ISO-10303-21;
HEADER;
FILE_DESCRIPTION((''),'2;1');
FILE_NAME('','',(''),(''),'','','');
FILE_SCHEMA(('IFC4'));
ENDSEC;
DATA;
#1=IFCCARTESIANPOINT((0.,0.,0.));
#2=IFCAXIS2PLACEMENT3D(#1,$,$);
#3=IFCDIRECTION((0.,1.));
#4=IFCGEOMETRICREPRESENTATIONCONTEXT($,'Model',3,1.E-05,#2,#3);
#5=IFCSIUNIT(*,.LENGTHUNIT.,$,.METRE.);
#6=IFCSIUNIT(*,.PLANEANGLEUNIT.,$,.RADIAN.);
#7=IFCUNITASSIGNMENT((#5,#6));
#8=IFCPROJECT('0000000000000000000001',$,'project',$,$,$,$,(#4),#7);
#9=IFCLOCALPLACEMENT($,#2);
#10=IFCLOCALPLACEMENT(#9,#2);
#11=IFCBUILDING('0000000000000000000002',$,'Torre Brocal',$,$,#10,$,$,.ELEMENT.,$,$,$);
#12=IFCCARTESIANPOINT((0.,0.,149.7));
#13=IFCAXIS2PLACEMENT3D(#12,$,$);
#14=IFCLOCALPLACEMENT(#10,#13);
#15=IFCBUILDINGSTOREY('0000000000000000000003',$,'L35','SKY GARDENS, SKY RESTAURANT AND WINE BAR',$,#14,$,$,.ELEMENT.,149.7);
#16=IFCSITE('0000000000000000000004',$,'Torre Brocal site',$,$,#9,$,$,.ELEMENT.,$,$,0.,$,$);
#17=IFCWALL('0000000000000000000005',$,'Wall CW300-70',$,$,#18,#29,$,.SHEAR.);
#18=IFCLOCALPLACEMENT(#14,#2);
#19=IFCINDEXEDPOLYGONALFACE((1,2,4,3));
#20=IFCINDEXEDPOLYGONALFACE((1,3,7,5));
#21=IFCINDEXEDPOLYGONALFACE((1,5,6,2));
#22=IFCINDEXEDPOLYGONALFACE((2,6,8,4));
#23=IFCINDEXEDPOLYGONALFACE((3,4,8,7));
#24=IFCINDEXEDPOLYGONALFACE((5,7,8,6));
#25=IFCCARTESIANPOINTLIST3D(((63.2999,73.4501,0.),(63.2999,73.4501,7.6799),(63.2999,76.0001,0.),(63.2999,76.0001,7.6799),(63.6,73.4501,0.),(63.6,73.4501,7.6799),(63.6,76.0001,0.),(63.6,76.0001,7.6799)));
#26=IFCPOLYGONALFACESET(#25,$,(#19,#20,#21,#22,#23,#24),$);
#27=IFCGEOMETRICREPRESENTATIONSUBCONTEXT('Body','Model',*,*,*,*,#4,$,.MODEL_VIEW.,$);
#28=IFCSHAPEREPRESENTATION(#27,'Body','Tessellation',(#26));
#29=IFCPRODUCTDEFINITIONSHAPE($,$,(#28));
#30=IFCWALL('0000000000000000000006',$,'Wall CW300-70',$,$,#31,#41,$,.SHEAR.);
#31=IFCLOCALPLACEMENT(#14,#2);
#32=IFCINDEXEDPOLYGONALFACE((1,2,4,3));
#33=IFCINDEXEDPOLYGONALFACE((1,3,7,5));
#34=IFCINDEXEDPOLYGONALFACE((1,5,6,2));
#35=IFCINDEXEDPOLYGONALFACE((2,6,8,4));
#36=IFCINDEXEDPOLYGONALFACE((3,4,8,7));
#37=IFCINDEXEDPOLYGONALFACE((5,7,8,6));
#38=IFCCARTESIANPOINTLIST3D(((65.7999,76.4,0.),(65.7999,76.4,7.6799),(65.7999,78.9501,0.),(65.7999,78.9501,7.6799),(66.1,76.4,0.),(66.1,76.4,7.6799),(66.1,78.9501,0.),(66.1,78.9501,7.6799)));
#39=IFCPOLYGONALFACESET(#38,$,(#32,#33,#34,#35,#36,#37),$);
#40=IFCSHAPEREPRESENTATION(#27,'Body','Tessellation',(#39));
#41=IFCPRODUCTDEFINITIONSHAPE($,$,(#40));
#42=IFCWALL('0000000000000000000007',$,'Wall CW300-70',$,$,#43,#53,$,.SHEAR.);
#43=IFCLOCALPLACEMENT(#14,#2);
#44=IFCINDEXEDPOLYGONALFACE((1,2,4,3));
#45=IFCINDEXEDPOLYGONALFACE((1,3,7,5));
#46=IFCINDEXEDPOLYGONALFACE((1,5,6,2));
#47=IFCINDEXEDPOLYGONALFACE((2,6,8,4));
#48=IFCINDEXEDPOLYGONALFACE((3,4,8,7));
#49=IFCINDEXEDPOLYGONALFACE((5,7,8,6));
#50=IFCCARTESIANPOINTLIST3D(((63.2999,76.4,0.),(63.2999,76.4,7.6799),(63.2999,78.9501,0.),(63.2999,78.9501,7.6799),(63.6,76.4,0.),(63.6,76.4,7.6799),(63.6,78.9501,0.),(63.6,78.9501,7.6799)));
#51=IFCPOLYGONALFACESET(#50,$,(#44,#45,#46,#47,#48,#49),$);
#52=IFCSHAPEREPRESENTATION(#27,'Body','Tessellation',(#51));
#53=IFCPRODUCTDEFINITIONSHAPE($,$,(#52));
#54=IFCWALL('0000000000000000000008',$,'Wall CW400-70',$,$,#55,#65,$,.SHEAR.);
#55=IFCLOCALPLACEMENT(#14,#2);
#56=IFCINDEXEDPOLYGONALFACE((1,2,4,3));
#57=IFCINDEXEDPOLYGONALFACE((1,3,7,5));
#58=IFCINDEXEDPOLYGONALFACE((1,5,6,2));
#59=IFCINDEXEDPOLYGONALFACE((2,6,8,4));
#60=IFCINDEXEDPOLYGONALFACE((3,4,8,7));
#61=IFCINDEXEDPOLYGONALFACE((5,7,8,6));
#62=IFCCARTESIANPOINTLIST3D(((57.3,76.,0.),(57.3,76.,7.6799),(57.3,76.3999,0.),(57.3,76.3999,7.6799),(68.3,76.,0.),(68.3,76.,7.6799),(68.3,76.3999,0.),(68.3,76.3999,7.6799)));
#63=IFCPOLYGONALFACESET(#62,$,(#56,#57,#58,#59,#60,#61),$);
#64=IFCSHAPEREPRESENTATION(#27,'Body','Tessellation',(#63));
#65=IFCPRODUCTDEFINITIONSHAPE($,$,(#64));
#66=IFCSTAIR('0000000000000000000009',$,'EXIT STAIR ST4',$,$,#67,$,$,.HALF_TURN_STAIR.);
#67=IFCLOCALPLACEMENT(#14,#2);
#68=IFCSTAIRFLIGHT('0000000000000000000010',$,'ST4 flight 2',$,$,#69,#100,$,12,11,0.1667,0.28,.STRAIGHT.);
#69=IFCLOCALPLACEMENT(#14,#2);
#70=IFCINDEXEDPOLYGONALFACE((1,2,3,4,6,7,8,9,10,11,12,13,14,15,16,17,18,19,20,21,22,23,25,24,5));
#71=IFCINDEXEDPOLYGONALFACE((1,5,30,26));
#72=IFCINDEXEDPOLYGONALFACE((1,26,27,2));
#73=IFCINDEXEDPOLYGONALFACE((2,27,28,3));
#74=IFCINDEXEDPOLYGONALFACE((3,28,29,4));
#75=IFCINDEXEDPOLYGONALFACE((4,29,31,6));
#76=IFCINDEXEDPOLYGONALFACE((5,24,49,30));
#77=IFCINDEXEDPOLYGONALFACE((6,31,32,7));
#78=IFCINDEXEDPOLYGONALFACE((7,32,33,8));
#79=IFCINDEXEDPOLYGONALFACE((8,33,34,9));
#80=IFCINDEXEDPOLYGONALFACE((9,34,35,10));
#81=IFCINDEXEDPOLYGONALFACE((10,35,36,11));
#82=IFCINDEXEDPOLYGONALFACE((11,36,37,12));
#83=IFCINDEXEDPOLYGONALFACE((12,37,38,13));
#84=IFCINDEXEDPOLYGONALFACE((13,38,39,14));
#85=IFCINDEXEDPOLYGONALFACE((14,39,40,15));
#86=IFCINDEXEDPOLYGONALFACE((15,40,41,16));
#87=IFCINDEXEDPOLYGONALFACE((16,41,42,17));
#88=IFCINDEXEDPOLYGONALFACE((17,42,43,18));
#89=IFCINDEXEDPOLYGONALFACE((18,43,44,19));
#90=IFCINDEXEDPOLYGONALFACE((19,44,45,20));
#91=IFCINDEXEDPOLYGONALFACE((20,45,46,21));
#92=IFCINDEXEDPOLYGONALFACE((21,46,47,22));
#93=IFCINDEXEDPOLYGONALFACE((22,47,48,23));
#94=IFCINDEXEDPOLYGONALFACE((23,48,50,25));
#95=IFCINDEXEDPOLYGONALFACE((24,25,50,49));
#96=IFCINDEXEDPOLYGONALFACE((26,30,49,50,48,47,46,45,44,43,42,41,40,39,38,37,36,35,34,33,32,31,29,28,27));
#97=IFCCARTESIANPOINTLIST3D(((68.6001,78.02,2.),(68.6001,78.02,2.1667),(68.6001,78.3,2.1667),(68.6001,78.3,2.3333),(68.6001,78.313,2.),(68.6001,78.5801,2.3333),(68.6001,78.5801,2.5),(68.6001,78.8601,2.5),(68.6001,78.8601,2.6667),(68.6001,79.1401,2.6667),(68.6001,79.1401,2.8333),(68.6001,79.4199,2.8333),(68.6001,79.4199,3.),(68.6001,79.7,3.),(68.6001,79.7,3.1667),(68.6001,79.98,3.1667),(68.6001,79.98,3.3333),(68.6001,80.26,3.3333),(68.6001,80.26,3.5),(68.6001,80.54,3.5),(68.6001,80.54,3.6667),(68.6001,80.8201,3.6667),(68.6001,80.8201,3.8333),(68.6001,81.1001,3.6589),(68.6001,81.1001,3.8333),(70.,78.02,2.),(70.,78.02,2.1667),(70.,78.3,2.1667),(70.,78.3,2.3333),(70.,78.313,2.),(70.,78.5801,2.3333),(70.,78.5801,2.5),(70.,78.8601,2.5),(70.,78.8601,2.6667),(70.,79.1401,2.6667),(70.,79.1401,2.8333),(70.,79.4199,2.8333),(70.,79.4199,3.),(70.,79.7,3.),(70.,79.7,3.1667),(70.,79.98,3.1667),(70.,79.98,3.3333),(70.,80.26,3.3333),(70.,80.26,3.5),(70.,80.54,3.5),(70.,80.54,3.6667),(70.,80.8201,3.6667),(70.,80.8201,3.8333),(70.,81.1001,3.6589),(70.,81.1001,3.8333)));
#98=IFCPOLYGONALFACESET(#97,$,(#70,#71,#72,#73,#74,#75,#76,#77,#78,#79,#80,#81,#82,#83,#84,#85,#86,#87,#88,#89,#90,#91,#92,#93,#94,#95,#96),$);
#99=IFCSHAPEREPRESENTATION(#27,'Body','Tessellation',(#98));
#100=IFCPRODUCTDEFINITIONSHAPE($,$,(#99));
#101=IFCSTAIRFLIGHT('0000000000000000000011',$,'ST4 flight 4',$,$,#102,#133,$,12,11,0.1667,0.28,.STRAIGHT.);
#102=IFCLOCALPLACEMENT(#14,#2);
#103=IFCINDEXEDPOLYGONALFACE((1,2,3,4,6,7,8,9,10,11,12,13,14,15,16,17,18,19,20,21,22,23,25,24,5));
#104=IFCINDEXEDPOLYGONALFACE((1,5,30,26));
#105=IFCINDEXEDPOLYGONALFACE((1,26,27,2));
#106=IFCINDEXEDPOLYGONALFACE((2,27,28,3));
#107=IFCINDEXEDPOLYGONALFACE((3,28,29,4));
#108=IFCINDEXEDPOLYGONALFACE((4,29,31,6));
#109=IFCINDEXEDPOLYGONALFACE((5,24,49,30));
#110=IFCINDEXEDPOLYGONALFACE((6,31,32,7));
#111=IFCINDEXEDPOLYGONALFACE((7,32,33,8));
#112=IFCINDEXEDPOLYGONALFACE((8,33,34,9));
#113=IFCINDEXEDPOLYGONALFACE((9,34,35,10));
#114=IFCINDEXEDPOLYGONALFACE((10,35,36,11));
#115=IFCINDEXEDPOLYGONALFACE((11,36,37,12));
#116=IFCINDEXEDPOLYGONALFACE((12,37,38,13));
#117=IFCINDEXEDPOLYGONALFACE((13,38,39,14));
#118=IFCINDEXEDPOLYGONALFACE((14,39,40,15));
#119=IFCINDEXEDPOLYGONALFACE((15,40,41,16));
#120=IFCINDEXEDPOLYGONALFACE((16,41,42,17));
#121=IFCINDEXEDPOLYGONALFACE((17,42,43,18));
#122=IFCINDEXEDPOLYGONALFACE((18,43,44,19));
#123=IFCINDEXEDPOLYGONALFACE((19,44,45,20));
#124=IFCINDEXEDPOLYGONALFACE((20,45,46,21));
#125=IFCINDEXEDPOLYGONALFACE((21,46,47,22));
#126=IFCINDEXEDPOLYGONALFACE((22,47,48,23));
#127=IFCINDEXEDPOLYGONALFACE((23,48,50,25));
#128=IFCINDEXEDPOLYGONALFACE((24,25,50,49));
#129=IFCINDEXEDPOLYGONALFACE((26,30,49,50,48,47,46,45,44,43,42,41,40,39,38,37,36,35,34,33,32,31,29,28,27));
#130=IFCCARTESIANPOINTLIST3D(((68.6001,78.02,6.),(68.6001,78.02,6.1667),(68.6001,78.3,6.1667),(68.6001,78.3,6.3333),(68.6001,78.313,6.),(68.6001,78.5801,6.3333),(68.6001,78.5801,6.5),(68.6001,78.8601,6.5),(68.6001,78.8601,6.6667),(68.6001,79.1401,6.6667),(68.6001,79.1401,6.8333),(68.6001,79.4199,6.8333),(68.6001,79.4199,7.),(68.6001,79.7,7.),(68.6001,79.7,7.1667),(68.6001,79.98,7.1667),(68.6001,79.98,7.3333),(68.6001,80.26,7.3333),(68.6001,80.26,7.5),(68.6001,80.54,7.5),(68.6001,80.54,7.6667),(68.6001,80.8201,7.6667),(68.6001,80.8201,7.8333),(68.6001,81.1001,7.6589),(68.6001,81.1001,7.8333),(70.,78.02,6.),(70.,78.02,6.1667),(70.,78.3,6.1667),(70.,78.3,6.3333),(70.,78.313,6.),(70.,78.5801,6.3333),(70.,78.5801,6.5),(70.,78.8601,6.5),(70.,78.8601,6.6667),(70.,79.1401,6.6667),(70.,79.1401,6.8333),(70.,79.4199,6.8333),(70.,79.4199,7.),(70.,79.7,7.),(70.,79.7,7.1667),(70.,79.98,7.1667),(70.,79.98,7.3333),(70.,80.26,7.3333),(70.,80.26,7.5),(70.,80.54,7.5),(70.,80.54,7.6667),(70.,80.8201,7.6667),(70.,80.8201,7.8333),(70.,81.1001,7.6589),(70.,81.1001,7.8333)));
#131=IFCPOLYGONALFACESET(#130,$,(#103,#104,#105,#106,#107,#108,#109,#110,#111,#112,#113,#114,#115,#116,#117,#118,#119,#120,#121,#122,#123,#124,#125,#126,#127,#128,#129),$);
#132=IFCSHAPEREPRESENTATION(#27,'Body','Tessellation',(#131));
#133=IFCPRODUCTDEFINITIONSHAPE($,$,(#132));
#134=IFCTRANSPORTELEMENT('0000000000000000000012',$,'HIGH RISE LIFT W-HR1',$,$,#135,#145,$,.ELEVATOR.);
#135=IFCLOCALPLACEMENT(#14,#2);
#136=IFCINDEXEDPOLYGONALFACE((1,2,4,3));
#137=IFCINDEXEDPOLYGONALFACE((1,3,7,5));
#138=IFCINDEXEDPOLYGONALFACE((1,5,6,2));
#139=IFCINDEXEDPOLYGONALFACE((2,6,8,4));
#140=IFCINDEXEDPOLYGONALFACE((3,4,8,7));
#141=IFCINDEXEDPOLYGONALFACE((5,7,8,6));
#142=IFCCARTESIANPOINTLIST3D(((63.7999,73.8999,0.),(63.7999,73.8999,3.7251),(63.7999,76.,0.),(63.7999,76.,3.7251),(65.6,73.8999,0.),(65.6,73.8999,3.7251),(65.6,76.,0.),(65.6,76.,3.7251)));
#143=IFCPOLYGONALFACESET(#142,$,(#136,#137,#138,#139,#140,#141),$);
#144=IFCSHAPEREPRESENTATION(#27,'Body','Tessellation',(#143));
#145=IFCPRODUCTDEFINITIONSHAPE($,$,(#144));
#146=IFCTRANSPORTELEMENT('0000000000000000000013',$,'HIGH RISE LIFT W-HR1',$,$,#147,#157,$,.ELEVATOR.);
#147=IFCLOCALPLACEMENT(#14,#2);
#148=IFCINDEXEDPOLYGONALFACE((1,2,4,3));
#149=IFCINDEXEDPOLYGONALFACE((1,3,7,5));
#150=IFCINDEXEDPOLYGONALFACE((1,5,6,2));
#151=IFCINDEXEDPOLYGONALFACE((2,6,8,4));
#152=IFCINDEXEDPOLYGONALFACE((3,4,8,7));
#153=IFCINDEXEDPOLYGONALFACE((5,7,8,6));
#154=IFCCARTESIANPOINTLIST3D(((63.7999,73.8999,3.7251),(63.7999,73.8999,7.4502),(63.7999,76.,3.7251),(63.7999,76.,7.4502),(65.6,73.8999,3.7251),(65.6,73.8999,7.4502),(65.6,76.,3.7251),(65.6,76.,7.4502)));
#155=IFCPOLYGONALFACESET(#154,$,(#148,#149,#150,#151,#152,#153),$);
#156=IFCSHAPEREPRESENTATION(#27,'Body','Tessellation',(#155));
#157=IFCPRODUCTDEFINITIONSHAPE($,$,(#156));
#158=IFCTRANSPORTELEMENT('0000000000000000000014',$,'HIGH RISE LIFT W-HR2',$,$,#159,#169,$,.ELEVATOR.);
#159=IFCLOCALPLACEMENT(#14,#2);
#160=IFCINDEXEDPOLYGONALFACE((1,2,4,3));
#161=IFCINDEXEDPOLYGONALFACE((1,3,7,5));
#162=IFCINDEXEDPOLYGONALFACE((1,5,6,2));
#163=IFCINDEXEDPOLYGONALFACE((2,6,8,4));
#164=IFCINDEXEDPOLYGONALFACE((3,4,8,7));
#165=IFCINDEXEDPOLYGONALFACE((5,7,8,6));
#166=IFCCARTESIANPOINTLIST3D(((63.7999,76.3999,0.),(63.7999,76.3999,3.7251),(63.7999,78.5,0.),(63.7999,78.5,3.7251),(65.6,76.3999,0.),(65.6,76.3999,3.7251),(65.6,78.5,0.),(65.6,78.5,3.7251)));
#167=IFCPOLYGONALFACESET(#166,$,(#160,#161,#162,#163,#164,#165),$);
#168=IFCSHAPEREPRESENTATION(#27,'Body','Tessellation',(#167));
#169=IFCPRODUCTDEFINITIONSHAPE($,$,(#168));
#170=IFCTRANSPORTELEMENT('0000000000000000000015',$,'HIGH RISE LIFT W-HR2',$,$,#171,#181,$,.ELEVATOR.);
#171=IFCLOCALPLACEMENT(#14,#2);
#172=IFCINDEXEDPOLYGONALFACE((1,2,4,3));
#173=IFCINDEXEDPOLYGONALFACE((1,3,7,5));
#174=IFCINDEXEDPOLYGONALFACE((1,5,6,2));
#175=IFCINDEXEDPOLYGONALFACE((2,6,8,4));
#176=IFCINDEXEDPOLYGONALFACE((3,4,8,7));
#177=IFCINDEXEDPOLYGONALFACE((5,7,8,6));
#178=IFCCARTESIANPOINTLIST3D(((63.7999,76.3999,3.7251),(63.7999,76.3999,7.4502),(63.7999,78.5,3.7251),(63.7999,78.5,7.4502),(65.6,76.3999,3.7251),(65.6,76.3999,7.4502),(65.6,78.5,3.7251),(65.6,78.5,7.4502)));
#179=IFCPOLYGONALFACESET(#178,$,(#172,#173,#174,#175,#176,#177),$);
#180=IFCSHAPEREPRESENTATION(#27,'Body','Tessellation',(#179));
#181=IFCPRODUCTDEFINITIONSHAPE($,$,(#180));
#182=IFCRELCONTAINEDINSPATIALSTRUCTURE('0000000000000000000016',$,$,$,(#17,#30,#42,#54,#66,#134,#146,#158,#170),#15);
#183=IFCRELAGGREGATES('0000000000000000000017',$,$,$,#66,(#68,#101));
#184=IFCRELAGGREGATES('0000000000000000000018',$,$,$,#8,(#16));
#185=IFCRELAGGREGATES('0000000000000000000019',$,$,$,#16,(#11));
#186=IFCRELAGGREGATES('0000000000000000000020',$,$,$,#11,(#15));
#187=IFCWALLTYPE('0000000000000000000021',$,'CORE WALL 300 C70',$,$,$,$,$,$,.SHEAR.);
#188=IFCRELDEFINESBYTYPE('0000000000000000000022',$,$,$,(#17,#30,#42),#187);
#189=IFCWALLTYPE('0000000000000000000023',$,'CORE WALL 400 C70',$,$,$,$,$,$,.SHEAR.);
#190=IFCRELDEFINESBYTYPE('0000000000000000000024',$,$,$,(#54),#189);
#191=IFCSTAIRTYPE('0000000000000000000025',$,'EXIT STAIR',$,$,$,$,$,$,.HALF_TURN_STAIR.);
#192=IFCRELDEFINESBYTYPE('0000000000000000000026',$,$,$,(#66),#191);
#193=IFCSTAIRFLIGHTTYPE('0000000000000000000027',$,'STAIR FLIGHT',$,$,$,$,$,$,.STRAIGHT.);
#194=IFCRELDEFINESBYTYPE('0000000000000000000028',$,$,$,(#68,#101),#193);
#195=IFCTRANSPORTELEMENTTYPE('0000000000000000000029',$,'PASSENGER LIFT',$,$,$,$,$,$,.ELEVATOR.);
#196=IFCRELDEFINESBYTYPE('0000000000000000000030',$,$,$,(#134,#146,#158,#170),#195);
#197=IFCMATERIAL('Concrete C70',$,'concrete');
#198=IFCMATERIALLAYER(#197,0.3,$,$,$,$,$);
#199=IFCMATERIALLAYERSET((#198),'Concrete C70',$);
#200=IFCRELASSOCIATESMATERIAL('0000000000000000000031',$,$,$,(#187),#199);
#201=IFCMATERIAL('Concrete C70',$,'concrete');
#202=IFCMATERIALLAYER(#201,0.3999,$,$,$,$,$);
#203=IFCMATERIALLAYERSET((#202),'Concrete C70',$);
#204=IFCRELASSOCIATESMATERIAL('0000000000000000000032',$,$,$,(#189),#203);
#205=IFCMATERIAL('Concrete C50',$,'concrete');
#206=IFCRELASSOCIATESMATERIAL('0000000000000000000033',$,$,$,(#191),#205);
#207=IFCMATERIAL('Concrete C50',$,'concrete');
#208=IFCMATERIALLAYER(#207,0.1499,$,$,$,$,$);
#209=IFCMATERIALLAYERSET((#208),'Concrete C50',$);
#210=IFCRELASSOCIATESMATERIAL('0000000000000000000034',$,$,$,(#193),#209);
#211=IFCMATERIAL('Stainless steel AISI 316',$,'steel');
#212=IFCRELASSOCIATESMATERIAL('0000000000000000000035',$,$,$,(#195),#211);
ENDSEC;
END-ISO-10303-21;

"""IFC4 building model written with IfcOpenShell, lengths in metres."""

from ifc_helpers import new_model, si_unit, direction, frame, frame_2d, origin, origin_2d, place, context, subcontext, project, spatial, polyline, rectangle, outline, extrude, material, layer, layer_set, type_object, element, aggregate, save


model = new_model("IFC4")

# Units and contexts
model_context = context("Model", 3, precision=1e-05, world=origin(), true_north=direction((0.0, 1.0)))
body_context = subcontext(model_context, "Body", "Model", "MODEL_VIEW")
ifc_project = project(units=[si_unit("LENGTHUNIT", "METRE"), si_unit("PLANEANGLEUNIT", "RADIAN")], contexts=[model_context])

# Site, building, storey
site_placement = place(None, origin())
site = spatial("IfcSite", under=ifc_project, at=site_placement, Name="Torre Brocal site", CompositionType="ELEMENT", RefElevation=0.0)
building_placement = place(site_placement, origin())
building = spatial("IfcBuilding", under=site, at=building_placement, Name="Torre Brocal", CompositionType="ELEMENT")
storey_placement = place(building_placement, frame((0.0, 0.0, 149.7)))
storey = spatial("IfcBuildingStorey", under=building, at=storey_placement, Name="L35", Description="SKY GARDENS, SKY RESTAURANT AND WINE BAR", CompositionType="ELEMENT", Elevation=149.7)

# Shared definitions
ifc_material_1 = material(Name="Concrete C70", Category="concrete")
ifc_layer_1 = layer(ifc_material_1, 0.3)
ifc_layer_set_1 = layer_set([ifc_layer_1], Name="Concrete C70")
wall_type_1 = type_object("IfcWallType", Name="CORE WALL 300 C70", PredefinedType="SHEAR", material=ifc_layer_set_1)

# Walls
for number, where, z_axis, x_axis, name in (
    (1, (63.45, 76.0, 0.0), (0.0, 0.0, 1.0), (0.0, -1.0, 0.0), "Wall CW300-70"),
    (2, (65.95, 78.95, 0.0), (0.0, 0.0, 1.0), (0.0, -1.0, 0.0), "Wall CW300-70"),
    (3, (63.45, 78.95, 0.0), (0.0, 0.0, 1.0), (0.0, -1.0, 0.0), "Wall CW300-70"),
):
    element("IfcWall", number, at=place(storey_placement, frame(where, z_axis=z_axis, x_axis=x_axis)), inside=storey, type_object=wall_type_1, Name=name, PredefinedType="SHEAR", context=body_context, shape_type="SweptSolid", body=[
        extrude(rectangle(XDim=2.55, YDim=0.3, at=frame_2d((1.2749, 0.0))), origin(), (0.0, 0.0, 1.0), 7.6799),
    ])
ifc_material_2 = material(Name="Concrete C70", Category="concrete")
ifc_layer_2 = layer(ifc_material_2, 0.3999)
ifc_layer_set_2 = layer_set([ifc_layer_2], Name="Concrete C70")
wall_type_2 = type_object("IfcWallType", Name="CORE WALL 400 C70", PredefinedType="SHEAR", material=ifc_layer_set_2)
wall_1_placement = place(storey_placement, frame((68.3, 76.2, 0.0), z_axis=(0.0, 0.0, 1.0), x_axis=(-1.0, 0.0, 0.0)))
element("IfcWall", 4, at=wall_1_placement, inside=storey, type_object=wall_type_2, Name="Wall CW400-70", PredefinedType="SHEAR", context=body_context, shape_type="SweptSolid", body=[
    extrude(rectangle(XDim=11.0, YDim=0.3999, at=frame_2d((5.5, 0.0))), origin(), (0.0, 0.0, 1.0), 7.6799),
])

# Stair, stair flights
ifc_material_3 = material(Name="Concrete C50", Category="concrete")
stair_type = type_object("IfcStairType", Name="EXIT STAIR", PredefinedType="HALF_TURN_STAIR", material=ifc_material_3)
stair_placement = place(storey_placement, origin())
stair = element("IfcStair", 5, at=stair_placement, inside=storey, type_object=stair_type, Name="EXIT STAIR ST4", PredefinedType="HALF_TURN_STAIR")
ifc_material_4 = material(Name="Concrete C50", Category="concrete")
ifc_layer_3 = layer(ifc_material_4, 0.1499)
ifc_layer_set_3 = layer_set([ifc_layer_3], Name="Concrete C50")
stair_flight_type = type_object("IfcStairFlightType", Name="STAIR FLIGHT", PredefinedType="STRAIGHT", material=ifc_layer_set_3)
stair_flight_1_placement = place(storey_placement, frame((69.3, 78.02, 2.0), z_axis=(0.0, 0.0, 1.0), x_axis=(0.0, 1.0, 0.0)))
stair_flight_1 = element("IfcStairFlight", 6, at=stair_flight_1_placement, type_object=stair_flight_type, Name="ST4 flight 2", NumberOfRisers=12, NumberOfTreads=11, PredefinedType="STRAIGHT", RiserHeight=0.1667, TreadLength=0.28, context=body_context, shape_type="SweptSolid", body=[
    extrude(outline(polyline([(0.0, 0.0), (0.0, 0.1667), (0.28, 0.1667), (0.28, 0.3333), (0.5601, 0.3333), (0.5601, 0.5), (0.8401, 0.5), (0.8401, 0.6667), (1.1201, 0.6667), (1.1201, 0.8333), (1.3999, 0.8333), (1.3999, 1.0), (1.6799, 1.0), (1.6799, 1.1667), (1.96, 1.1667), (1.96, 1.3333), (2.24, 1.3333), (2.24, 1.5), (2.52, 1.5), (2.52, 1.6667), (2.8, 1.6667), (2.8, 1.8333), (3.0801, 1.8333), (3.0801, 2.0), (3.0801, 1.6589), (0.293, 0.0), (0.0, 0.0)])), frame((0.0, 0.7, 0.0), z_axis=(0.0, -1.0, 0.0), x_axis=(1.0, 0.0, 0.0)), (0.0, 0.0, 1.0), 1.3999),
])
stair_flight_2_placement = place(storey_placement, frame((69.3, 78.02, 6.0), z_axis=(0.0, 0.0, 1.0), x_axis=(0.0, 1.0, 0.0)))
stair_flight_2 = element("IfcStairFlight", 7, at=stair_flight_2_placement, type_object=stair_flight_type, Name="ST4 flight 4", NumberOfRisers=12, NumberOfTreads=11, PredefinedType="STRAIGHT", RiserHeight=0.1667, TreadLength=0.28, context=body_context, shape_type="SweptSolid", body=[
    extrude(outline(polyline([(0.0, 0.0), (0.0, 0.1667), (0.28, 0.1667), (0.28, 0.3333), (0.5601, 0.3333), (0.5601, 0.5), (0.8401, 0.5), (0.8401, 0.6667), (1.1201, 0.6667), (1.1201, 0.8333), (1.3999, 0.8333), (1.3999, 1.0), (1.6799, 1.0), (1.6799, 1.1667), (1.96, 1.1667), (1.96, 1.3333), (2.24, 1.3333), (2.24, 1.5), (2.52, 1.5), (2.52, 1.6667), (2.8, 1.6667), (2.8, 1.8333), (3.0801, 1.8333), (3.0801, 2.0), (3.0801, 1.6589), (0.293, 0.0), (0.0, 0.0)])), frame((0.0, 0.7, 0.0), z_axis=(0.0, -1.0, 0.0), x_axis=(1.0, 0.0, 0.0)), (0.0, 0.0, 1.0), 1.3999),
])
aggregate(stair, [stair_flight_1, stair_flight_2])

# Transport elements
ifc_material_5 = material(Name="Stainless steel AISI 316", Category="steel")
transport_element_type = type_object("IfcTransportElementType", Name="PASSENGER LIFT", PredefinedType="ELEVATOR", material=ifc_material_5)
for number, where, z_axis, x_axis, name in (
    (8, (64.7, 74.95, 0.0), (0.0, 0.0, 1.0), (1.0, 0.0, 0.0), "HIGH RISE LIFT W-HR1"),
    (9, (64.7, 74.95, 3.7251), (0.0, 0.0, 1.0), (1.0, 0.0, 0.0), "HIGH RISE LIFT W-HR1"),
    (10, (64.7, 77.45, 0.0), (0.0, 0.0, 1.0), (1.0, 0.0, 0.0), "HIGH RISE LIFT W-HR2"),
    (11, (64.7, 77.45, 3.7251), (0.0, 0.0, 1.0), (1.0, 0.0, 0.0), "HIGH RISE LIFT W-HR2"),
):
    element("IfcTransportElement", number, at=place(storey_placement, frame(where, z_axis=z_axis, x_axis=x_axis)), inside=storey, type_object=transport_element_type, Name=name, PredefinedType="ELEVATOR", context=body_context, shape_type="SweptSolid", body=[
        extrude(rectangle(XDim=1.8, YDim=2.1001, at=origin_2d()), origin(), (0.0, 0.0, 1.0), 3.7251),
    ])

save(model, "model.ifc")
